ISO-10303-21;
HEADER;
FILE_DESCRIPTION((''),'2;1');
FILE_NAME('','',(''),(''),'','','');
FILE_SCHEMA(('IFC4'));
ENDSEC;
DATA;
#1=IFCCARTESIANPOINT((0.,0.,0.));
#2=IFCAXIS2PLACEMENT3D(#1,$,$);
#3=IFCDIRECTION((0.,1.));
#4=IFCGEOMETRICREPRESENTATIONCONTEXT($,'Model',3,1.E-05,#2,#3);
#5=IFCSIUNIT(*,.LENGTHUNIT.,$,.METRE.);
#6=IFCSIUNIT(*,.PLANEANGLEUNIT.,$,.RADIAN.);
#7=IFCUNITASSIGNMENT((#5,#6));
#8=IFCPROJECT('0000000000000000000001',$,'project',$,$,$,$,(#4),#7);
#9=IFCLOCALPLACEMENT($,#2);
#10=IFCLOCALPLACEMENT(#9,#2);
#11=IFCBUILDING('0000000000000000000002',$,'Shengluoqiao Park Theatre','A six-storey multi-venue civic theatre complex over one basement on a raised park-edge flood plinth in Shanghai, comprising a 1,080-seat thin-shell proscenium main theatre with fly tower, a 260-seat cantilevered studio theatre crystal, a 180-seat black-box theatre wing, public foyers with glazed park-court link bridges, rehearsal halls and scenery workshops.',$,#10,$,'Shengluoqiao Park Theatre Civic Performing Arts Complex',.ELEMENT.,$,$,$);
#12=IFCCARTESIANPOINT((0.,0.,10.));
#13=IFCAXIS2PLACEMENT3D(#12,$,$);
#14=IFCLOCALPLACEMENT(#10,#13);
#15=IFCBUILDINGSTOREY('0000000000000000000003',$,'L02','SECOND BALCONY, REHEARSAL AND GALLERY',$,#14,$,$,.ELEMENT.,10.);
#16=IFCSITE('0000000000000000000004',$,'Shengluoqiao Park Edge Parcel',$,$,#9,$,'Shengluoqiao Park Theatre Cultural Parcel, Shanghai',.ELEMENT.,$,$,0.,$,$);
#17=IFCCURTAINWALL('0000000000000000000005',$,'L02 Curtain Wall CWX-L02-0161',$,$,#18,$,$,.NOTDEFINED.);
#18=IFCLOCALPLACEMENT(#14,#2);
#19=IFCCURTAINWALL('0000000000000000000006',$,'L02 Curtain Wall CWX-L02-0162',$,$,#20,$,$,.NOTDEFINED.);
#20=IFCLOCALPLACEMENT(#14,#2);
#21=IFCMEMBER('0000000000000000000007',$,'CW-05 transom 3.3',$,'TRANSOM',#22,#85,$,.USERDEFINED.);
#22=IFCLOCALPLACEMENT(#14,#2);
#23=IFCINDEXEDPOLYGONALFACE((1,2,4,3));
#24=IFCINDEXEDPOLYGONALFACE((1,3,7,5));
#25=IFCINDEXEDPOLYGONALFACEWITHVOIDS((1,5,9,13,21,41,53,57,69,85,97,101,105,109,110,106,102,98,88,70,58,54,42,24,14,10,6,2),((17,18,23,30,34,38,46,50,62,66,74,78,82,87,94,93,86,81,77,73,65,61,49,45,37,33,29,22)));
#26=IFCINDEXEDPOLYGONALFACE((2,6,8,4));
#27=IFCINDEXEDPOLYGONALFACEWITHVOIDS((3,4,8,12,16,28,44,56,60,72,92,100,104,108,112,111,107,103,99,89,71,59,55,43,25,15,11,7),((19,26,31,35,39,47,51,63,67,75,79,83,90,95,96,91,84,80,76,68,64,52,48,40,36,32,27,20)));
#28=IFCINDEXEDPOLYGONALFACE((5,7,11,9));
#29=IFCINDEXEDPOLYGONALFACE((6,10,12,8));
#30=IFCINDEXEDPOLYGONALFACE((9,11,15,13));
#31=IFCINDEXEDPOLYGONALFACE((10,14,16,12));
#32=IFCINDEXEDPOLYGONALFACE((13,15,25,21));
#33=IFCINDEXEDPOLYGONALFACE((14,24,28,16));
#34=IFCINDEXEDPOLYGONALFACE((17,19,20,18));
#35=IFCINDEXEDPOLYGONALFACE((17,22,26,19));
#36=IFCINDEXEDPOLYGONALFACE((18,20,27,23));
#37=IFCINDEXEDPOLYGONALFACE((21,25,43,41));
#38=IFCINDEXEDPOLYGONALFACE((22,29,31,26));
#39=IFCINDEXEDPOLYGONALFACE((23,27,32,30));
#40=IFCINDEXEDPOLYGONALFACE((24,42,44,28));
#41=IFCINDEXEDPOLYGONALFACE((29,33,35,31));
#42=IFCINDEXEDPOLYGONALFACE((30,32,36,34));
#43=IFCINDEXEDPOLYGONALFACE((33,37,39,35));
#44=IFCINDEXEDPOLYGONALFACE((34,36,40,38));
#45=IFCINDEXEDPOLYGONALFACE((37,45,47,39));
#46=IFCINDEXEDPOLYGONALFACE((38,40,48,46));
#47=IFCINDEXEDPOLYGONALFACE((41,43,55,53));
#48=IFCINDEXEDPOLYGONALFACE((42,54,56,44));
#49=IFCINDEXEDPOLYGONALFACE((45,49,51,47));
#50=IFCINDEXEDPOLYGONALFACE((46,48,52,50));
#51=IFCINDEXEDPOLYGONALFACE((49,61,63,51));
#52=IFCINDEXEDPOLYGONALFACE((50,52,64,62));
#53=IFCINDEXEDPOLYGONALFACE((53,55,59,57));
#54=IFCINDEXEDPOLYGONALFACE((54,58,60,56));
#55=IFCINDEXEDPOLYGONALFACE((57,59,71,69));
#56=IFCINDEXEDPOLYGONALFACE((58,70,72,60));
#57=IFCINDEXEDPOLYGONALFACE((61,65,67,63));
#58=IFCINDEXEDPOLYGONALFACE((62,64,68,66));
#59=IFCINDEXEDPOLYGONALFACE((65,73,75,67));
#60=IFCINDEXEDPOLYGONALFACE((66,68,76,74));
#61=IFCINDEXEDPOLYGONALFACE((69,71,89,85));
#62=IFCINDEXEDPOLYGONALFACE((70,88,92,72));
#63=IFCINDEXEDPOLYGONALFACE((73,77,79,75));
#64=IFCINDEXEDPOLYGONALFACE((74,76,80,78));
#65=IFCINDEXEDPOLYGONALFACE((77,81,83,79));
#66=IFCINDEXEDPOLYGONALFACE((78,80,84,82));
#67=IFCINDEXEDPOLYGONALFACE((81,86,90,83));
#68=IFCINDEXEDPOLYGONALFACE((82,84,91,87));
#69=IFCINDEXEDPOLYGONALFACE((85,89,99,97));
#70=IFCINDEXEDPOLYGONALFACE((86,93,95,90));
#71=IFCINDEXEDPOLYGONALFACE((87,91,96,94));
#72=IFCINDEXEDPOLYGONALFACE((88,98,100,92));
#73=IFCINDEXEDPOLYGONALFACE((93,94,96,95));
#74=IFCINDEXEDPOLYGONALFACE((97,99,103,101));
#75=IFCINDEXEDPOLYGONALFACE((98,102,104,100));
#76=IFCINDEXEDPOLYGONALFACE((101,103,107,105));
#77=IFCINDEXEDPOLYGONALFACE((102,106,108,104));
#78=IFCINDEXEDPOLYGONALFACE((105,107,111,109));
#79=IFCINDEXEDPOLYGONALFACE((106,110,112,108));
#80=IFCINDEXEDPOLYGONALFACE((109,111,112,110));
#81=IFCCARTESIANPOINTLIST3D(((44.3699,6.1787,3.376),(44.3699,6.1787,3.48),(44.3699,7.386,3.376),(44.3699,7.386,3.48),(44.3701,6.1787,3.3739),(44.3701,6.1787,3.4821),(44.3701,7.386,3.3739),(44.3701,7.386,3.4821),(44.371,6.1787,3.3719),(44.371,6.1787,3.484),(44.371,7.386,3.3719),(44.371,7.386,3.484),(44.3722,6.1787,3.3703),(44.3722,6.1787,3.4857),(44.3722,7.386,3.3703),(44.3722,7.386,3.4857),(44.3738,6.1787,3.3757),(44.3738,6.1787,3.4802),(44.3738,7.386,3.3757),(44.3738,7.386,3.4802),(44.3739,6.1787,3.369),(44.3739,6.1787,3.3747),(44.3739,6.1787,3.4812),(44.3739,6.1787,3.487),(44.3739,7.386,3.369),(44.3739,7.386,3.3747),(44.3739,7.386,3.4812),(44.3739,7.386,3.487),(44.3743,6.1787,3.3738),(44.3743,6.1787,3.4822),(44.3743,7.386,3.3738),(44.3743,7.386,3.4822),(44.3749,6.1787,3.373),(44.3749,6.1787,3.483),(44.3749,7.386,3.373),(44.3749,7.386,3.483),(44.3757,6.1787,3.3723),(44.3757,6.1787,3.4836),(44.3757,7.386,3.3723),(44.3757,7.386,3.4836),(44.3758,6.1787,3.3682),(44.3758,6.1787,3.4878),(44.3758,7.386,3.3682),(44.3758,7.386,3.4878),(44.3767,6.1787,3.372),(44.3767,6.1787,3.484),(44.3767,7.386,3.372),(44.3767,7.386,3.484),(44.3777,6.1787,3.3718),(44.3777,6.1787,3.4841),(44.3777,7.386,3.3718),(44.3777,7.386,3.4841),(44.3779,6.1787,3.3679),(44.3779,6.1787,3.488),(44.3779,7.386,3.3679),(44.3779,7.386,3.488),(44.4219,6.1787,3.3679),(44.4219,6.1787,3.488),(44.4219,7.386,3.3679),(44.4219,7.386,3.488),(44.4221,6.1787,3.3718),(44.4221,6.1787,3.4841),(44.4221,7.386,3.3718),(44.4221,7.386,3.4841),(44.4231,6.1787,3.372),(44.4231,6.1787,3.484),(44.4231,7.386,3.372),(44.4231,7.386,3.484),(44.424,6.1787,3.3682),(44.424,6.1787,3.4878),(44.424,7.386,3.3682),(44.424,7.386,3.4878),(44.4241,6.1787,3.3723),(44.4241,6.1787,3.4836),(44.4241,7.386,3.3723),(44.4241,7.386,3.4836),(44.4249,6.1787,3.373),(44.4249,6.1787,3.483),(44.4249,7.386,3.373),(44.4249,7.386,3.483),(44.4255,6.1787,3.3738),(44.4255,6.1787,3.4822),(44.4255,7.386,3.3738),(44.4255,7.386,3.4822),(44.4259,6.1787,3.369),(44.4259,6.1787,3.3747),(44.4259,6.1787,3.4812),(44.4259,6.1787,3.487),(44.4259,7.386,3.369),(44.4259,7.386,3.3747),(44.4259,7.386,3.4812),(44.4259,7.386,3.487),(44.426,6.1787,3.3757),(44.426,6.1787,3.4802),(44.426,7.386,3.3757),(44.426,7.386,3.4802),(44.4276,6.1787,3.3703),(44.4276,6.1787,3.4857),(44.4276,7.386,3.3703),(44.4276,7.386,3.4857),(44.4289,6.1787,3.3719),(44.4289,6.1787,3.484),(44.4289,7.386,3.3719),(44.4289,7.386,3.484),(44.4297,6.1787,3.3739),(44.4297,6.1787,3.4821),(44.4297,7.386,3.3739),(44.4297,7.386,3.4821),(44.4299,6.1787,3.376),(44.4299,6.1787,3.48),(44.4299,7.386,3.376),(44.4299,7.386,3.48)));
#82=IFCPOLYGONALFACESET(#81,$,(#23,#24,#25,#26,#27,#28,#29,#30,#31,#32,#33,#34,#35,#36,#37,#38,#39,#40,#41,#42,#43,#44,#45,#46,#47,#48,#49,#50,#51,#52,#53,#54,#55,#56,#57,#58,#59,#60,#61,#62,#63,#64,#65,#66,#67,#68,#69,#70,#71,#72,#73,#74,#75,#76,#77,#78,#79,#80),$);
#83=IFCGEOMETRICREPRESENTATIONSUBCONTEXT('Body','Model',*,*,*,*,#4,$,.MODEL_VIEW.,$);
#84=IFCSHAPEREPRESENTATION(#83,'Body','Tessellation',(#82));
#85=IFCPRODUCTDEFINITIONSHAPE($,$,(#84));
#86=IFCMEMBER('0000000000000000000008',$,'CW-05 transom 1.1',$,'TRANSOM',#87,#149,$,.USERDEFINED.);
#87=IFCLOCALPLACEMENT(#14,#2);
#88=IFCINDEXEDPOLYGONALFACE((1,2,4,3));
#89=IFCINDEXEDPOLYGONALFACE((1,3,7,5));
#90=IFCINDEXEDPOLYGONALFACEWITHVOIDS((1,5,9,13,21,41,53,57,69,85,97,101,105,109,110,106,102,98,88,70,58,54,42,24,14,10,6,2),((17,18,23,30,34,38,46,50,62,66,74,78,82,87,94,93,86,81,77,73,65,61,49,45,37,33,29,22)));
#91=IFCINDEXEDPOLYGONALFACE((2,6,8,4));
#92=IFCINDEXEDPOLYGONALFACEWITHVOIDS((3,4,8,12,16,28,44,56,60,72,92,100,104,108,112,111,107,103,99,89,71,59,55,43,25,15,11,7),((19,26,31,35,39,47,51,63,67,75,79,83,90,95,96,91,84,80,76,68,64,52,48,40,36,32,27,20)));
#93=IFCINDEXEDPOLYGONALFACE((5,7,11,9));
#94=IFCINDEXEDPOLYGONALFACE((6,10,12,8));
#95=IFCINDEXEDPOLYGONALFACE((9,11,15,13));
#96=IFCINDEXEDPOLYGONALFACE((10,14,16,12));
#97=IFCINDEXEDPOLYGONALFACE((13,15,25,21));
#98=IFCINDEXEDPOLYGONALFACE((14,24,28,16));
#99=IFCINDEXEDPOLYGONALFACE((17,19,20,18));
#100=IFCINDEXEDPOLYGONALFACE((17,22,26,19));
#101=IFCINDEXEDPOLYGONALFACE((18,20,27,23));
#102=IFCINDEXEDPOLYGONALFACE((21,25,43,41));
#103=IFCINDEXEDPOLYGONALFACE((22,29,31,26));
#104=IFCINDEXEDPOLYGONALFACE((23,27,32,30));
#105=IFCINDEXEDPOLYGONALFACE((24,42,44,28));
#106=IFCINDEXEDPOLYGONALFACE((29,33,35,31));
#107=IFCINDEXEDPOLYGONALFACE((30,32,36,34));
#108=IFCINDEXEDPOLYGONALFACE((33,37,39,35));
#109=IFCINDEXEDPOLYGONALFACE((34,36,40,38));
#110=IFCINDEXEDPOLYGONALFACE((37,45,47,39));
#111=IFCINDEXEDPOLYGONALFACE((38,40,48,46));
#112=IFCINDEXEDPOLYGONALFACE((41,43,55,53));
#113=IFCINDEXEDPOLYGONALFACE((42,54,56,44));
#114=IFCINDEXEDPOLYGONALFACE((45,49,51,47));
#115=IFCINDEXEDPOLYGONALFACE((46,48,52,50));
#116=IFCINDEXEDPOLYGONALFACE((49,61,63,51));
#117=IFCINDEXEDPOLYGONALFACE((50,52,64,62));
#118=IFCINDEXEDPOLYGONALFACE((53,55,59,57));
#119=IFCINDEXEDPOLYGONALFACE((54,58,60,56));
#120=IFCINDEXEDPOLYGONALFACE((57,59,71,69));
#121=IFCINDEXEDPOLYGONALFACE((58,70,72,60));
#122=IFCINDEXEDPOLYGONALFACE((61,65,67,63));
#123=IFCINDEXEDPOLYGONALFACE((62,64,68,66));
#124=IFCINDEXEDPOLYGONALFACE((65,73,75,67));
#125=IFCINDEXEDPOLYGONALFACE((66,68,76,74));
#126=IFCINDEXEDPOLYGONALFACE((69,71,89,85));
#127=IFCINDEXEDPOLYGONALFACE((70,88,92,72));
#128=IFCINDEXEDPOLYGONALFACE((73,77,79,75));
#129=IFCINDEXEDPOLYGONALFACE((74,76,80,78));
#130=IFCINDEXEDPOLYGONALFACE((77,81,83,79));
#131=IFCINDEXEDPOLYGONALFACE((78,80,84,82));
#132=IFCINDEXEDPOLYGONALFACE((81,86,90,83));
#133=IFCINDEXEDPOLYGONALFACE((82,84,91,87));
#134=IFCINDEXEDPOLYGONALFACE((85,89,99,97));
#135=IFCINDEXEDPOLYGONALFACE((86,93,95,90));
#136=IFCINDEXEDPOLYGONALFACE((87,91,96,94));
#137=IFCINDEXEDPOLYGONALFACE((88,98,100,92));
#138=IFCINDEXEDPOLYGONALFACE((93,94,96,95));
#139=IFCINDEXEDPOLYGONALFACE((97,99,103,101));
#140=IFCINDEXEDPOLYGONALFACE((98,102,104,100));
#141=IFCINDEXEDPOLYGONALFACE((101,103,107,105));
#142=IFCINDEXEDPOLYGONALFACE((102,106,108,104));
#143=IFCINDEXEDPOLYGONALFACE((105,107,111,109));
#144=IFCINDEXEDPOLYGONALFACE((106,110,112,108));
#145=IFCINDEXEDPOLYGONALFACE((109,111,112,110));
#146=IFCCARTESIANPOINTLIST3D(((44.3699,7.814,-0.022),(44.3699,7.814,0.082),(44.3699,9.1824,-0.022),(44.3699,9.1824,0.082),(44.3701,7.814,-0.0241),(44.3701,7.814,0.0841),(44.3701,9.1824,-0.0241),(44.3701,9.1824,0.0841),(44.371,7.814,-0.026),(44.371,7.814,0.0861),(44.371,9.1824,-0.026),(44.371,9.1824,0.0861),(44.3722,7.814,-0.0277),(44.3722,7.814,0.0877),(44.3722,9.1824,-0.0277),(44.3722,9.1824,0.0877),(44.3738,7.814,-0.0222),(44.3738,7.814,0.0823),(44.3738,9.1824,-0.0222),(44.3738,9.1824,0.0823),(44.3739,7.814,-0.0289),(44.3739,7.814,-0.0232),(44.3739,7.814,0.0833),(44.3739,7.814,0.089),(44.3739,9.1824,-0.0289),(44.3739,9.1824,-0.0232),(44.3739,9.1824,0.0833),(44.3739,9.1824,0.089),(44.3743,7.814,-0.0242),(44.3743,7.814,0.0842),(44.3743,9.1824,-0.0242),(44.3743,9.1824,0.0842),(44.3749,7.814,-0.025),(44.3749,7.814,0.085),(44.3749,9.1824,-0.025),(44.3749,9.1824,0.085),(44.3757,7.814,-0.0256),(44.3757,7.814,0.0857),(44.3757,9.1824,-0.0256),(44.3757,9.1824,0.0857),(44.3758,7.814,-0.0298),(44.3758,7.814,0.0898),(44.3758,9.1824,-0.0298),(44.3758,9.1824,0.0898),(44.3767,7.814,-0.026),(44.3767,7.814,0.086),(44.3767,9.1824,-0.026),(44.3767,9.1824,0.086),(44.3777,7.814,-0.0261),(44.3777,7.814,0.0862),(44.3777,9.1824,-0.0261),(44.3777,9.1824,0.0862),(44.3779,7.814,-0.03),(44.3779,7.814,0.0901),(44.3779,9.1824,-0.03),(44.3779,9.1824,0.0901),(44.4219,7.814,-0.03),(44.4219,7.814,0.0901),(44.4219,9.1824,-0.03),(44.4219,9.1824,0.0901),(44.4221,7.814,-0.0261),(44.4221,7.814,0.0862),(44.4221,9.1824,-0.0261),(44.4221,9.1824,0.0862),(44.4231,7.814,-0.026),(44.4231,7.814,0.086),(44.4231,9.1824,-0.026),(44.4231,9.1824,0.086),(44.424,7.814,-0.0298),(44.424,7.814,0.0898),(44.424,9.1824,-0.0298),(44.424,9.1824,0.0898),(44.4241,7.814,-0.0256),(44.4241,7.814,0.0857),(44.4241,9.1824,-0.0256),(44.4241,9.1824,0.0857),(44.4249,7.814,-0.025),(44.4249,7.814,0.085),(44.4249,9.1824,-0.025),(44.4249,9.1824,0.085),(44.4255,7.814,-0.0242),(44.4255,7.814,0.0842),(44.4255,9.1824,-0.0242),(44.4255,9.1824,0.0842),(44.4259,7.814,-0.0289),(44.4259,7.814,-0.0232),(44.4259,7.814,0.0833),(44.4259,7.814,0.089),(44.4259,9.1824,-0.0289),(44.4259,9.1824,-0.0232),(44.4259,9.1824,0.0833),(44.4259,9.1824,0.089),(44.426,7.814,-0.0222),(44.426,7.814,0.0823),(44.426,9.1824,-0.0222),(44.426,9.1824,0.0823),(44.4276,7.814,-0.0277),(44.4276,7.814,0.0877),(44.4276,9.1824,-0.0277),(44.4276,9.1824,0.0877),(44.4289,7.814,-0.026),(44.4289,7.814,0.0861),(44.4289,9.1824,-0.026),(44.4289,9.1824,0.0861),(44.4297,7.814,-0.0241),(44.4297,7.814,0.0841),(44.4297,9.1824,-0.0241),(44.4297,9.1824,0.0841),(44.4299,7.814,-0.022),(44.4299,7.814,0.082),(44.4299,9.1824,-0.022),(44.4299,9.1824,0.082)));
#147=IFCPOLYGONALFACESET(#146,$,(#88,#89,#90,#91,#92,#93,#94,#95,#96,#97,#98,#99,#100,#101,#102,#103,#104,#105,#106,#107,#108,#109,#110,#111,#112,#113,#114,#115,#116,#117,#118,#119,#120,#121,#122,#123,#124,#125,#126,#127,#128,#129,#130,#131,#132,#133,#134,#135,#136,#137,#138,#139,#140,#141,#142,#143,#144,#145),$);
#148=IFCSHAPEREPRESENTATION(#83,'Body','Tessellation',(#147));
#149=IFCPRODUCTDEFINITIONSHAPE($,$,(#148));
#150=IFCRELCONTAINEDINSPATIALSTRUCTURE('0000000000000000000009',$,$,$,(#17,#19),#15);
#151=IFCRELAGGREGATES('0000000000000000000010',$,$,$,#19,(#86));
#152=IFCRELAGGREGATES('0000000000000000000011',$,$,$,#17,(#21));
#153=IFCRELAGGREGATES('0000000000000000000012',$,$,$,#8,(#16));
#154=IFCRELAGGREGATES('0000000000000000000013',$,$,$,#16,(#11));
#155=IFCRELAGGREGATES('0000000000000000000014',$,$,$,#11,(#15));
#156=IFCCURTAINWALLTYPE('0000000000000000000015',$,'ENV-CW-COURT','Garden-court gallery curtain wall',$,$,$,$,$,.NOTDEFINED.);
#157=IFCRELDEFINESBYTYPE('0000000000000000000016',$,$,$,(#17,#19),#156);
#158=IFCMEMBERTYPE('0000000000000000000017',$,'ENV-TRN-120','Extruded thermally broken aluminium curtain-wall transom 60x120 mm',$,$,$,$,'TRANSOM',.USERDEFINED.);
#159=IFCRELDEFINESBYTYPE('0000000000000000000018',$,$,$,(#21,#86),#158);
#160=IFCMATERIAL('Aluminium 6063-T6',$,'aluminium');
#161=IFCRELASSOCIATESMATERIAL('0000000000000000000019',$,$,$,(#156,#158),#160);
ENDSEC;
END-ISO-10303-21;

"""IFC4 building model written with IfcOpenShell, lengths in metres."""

from ifc_helpers import new_model, si_unit, direction, frame, origin, origin_2d, place, context, subcontext, project, spatial, hollow_rectangle, extrude, material, material_profile, profile_set, type_object, element, aggregate, save


model = new_model("IFC4")

# Units and contexts
model_context = context("Model", 3, precision=1e-05, world=origin(), true_north=direction((0.0, 1.0)))
body_context = subcontext(model_context, "Body", "Model", "MODEL_VIEW")
ifc_project = project(units=[si_unit("LENGTHUNIT", "METRE"), si_unit("PLANEANGLEUNIT", "RADIAN")], contexts=[model_context])

# Site, building, storey
site_placement = place(None, origin())
site = spatial("IfcSite", under=ifc_project, at=site_placement, Name="Shengluoqiao Park Edge Parcel", LongName="Shengluoqiao Park Theatre Cultural Parcel, Shanghai", CompositionType="ELEMENT", RefElevation=0.0)
building_placement = place(site_placement, origin())
building = spatial("IfcBuilding", under=site, at=building_placement, Name="Shengluoqiao Park Theatre", Description="A six-storey multi-venue civic theatre complex over one basement on a raised park-edge flood plinth in Shanghai, comprising a 1,080-seat thin-shell proscenium main theatre with fly tower, a 260-seat cantilevered studio theatre crystal, a 180-seat black-box theatre wing, public foyers with glazed park-court link bridges, rehearsal halls and scenery workshops.", LongName="Shengluoqiao Park Theatre Civic Performing Arts Complex", CompositionType="ELEMENT")
storey_placement = place(building_placement, frame((0.0, 0.0, 10.0)))
storey = spatial("IfcBuildingStorey", under=building, at=storey_placement, Name="L02", Description="SECOND BALCONY, REHEARSAL AND GALLERY", CompositionType="ELEMENT", Elevation=10.0)

# Curtain wall
ifc_material_1 = material(Name="Aluminium 6063-T6", Category="aluminium")
curtain_wall_type = type_object("IfcCurtainWallType", Name="ENV-CW-COURT", Description="Garden-court gallery curtain wall", PredefinedType="NOTDEFINED", material=ifc_material_1)
curtain_wall_1_placement = place(storey_placement, origin())
curtain_wall_1 = element("IfcCurtainWall", 1, at=curtain_wall_1_placement, inside=storey, type_object=curtain_wall_type, Name="L02 Curtain Wall CWX-L02-0161", PredefinedType="NOTDEFINED")

# Curtain wall
curtain_wall_2_placement = place(storey_placement, origin())
curtain_wall_2 = element("IfcCurtainWall", 2, at=curtain_wall_2_placement, inside=storey, type_object=curtain_wall_type, Name="L02 Curtain Wall CWX-L02-0162", PredefinedType="NOTDEFINED")

# Members
ifc_material_profile_1 = material_profile(ifc_material_1, hollow_rectangle(XDim=0.0601, YDim=0.1201, WallThickness=0.0039, InnerFilletRadius=0.0039, OuterFilletRadius=0.0081, at=origin_2d()), Name="ALU TRANSOM 120x60x4")
ifc_profile_set_1 = profile_set([ifc_material_profile_1], Name="Aluminium 6063-T6")
member_type_1 = type_object("IfcMemberType", Name="ENV-TRN-120", Description="Extruded thermally broken aluminium curtain-wall transom 60x120 mm", ElementType="TRANSOM", PredefinedType="USERDEFINED", material=ifc_profile_set_1)
member_1_placement = place(storey_placement, frame((44.3999, 6.1787, 3.428), z_axis=(0.0, 1.0, 0.0), x_axis=(-1.0, 0.0, 0.0)))
member_1 = element("IfcMember", 3, at=member_1_placement, type_object=member_type_1, Name="CW-05 transom 3.3", ObjectType="TRANSOM", PredefinedType="USERDEFINED", context=body_context, shape_type="SweptSolid", body=[
    extrude(hollow_rectangle(XDim=0.0601, YDim=0.1201, WallThickness=0.0039, InnerFilletRadius=0.0039, OuterFilletRadius=0.0081, at=origin_2d()), origin(), (0.0, 0.0, 1.0), 1.2073),
])
member_2_placement = place(storey_placement, frame((44.3999, 7.814, 0.03), z_axis=(0.0, 1.0, 0.0), x_axis=(-1.0, 0.0, 0.0)))
member_2 = element("IfcMember", 4, at=member_2_placement, type_object=member_type_1, Name="CW-05 transom 1.1", ObjectType="TRANSOM", PredefinedType="USERDEFINED", context=body_context, shape_type="SweptSolid", body=[
    extrude(hollow_rectangle(XDim=0.0601, YDim=0.1201, WallThickness=0.0039, InnerFilletRadius=0.0039, OuterFilletRadius=0.0081, at=origin_2d()), origin(), (0.0, 0.0, 1.0), 1.3684),
])
aggregate(curtain_wall_2, [member_2])

aggregate(curtain_wall_1, [member_1])

save(model, "model.ifc")
